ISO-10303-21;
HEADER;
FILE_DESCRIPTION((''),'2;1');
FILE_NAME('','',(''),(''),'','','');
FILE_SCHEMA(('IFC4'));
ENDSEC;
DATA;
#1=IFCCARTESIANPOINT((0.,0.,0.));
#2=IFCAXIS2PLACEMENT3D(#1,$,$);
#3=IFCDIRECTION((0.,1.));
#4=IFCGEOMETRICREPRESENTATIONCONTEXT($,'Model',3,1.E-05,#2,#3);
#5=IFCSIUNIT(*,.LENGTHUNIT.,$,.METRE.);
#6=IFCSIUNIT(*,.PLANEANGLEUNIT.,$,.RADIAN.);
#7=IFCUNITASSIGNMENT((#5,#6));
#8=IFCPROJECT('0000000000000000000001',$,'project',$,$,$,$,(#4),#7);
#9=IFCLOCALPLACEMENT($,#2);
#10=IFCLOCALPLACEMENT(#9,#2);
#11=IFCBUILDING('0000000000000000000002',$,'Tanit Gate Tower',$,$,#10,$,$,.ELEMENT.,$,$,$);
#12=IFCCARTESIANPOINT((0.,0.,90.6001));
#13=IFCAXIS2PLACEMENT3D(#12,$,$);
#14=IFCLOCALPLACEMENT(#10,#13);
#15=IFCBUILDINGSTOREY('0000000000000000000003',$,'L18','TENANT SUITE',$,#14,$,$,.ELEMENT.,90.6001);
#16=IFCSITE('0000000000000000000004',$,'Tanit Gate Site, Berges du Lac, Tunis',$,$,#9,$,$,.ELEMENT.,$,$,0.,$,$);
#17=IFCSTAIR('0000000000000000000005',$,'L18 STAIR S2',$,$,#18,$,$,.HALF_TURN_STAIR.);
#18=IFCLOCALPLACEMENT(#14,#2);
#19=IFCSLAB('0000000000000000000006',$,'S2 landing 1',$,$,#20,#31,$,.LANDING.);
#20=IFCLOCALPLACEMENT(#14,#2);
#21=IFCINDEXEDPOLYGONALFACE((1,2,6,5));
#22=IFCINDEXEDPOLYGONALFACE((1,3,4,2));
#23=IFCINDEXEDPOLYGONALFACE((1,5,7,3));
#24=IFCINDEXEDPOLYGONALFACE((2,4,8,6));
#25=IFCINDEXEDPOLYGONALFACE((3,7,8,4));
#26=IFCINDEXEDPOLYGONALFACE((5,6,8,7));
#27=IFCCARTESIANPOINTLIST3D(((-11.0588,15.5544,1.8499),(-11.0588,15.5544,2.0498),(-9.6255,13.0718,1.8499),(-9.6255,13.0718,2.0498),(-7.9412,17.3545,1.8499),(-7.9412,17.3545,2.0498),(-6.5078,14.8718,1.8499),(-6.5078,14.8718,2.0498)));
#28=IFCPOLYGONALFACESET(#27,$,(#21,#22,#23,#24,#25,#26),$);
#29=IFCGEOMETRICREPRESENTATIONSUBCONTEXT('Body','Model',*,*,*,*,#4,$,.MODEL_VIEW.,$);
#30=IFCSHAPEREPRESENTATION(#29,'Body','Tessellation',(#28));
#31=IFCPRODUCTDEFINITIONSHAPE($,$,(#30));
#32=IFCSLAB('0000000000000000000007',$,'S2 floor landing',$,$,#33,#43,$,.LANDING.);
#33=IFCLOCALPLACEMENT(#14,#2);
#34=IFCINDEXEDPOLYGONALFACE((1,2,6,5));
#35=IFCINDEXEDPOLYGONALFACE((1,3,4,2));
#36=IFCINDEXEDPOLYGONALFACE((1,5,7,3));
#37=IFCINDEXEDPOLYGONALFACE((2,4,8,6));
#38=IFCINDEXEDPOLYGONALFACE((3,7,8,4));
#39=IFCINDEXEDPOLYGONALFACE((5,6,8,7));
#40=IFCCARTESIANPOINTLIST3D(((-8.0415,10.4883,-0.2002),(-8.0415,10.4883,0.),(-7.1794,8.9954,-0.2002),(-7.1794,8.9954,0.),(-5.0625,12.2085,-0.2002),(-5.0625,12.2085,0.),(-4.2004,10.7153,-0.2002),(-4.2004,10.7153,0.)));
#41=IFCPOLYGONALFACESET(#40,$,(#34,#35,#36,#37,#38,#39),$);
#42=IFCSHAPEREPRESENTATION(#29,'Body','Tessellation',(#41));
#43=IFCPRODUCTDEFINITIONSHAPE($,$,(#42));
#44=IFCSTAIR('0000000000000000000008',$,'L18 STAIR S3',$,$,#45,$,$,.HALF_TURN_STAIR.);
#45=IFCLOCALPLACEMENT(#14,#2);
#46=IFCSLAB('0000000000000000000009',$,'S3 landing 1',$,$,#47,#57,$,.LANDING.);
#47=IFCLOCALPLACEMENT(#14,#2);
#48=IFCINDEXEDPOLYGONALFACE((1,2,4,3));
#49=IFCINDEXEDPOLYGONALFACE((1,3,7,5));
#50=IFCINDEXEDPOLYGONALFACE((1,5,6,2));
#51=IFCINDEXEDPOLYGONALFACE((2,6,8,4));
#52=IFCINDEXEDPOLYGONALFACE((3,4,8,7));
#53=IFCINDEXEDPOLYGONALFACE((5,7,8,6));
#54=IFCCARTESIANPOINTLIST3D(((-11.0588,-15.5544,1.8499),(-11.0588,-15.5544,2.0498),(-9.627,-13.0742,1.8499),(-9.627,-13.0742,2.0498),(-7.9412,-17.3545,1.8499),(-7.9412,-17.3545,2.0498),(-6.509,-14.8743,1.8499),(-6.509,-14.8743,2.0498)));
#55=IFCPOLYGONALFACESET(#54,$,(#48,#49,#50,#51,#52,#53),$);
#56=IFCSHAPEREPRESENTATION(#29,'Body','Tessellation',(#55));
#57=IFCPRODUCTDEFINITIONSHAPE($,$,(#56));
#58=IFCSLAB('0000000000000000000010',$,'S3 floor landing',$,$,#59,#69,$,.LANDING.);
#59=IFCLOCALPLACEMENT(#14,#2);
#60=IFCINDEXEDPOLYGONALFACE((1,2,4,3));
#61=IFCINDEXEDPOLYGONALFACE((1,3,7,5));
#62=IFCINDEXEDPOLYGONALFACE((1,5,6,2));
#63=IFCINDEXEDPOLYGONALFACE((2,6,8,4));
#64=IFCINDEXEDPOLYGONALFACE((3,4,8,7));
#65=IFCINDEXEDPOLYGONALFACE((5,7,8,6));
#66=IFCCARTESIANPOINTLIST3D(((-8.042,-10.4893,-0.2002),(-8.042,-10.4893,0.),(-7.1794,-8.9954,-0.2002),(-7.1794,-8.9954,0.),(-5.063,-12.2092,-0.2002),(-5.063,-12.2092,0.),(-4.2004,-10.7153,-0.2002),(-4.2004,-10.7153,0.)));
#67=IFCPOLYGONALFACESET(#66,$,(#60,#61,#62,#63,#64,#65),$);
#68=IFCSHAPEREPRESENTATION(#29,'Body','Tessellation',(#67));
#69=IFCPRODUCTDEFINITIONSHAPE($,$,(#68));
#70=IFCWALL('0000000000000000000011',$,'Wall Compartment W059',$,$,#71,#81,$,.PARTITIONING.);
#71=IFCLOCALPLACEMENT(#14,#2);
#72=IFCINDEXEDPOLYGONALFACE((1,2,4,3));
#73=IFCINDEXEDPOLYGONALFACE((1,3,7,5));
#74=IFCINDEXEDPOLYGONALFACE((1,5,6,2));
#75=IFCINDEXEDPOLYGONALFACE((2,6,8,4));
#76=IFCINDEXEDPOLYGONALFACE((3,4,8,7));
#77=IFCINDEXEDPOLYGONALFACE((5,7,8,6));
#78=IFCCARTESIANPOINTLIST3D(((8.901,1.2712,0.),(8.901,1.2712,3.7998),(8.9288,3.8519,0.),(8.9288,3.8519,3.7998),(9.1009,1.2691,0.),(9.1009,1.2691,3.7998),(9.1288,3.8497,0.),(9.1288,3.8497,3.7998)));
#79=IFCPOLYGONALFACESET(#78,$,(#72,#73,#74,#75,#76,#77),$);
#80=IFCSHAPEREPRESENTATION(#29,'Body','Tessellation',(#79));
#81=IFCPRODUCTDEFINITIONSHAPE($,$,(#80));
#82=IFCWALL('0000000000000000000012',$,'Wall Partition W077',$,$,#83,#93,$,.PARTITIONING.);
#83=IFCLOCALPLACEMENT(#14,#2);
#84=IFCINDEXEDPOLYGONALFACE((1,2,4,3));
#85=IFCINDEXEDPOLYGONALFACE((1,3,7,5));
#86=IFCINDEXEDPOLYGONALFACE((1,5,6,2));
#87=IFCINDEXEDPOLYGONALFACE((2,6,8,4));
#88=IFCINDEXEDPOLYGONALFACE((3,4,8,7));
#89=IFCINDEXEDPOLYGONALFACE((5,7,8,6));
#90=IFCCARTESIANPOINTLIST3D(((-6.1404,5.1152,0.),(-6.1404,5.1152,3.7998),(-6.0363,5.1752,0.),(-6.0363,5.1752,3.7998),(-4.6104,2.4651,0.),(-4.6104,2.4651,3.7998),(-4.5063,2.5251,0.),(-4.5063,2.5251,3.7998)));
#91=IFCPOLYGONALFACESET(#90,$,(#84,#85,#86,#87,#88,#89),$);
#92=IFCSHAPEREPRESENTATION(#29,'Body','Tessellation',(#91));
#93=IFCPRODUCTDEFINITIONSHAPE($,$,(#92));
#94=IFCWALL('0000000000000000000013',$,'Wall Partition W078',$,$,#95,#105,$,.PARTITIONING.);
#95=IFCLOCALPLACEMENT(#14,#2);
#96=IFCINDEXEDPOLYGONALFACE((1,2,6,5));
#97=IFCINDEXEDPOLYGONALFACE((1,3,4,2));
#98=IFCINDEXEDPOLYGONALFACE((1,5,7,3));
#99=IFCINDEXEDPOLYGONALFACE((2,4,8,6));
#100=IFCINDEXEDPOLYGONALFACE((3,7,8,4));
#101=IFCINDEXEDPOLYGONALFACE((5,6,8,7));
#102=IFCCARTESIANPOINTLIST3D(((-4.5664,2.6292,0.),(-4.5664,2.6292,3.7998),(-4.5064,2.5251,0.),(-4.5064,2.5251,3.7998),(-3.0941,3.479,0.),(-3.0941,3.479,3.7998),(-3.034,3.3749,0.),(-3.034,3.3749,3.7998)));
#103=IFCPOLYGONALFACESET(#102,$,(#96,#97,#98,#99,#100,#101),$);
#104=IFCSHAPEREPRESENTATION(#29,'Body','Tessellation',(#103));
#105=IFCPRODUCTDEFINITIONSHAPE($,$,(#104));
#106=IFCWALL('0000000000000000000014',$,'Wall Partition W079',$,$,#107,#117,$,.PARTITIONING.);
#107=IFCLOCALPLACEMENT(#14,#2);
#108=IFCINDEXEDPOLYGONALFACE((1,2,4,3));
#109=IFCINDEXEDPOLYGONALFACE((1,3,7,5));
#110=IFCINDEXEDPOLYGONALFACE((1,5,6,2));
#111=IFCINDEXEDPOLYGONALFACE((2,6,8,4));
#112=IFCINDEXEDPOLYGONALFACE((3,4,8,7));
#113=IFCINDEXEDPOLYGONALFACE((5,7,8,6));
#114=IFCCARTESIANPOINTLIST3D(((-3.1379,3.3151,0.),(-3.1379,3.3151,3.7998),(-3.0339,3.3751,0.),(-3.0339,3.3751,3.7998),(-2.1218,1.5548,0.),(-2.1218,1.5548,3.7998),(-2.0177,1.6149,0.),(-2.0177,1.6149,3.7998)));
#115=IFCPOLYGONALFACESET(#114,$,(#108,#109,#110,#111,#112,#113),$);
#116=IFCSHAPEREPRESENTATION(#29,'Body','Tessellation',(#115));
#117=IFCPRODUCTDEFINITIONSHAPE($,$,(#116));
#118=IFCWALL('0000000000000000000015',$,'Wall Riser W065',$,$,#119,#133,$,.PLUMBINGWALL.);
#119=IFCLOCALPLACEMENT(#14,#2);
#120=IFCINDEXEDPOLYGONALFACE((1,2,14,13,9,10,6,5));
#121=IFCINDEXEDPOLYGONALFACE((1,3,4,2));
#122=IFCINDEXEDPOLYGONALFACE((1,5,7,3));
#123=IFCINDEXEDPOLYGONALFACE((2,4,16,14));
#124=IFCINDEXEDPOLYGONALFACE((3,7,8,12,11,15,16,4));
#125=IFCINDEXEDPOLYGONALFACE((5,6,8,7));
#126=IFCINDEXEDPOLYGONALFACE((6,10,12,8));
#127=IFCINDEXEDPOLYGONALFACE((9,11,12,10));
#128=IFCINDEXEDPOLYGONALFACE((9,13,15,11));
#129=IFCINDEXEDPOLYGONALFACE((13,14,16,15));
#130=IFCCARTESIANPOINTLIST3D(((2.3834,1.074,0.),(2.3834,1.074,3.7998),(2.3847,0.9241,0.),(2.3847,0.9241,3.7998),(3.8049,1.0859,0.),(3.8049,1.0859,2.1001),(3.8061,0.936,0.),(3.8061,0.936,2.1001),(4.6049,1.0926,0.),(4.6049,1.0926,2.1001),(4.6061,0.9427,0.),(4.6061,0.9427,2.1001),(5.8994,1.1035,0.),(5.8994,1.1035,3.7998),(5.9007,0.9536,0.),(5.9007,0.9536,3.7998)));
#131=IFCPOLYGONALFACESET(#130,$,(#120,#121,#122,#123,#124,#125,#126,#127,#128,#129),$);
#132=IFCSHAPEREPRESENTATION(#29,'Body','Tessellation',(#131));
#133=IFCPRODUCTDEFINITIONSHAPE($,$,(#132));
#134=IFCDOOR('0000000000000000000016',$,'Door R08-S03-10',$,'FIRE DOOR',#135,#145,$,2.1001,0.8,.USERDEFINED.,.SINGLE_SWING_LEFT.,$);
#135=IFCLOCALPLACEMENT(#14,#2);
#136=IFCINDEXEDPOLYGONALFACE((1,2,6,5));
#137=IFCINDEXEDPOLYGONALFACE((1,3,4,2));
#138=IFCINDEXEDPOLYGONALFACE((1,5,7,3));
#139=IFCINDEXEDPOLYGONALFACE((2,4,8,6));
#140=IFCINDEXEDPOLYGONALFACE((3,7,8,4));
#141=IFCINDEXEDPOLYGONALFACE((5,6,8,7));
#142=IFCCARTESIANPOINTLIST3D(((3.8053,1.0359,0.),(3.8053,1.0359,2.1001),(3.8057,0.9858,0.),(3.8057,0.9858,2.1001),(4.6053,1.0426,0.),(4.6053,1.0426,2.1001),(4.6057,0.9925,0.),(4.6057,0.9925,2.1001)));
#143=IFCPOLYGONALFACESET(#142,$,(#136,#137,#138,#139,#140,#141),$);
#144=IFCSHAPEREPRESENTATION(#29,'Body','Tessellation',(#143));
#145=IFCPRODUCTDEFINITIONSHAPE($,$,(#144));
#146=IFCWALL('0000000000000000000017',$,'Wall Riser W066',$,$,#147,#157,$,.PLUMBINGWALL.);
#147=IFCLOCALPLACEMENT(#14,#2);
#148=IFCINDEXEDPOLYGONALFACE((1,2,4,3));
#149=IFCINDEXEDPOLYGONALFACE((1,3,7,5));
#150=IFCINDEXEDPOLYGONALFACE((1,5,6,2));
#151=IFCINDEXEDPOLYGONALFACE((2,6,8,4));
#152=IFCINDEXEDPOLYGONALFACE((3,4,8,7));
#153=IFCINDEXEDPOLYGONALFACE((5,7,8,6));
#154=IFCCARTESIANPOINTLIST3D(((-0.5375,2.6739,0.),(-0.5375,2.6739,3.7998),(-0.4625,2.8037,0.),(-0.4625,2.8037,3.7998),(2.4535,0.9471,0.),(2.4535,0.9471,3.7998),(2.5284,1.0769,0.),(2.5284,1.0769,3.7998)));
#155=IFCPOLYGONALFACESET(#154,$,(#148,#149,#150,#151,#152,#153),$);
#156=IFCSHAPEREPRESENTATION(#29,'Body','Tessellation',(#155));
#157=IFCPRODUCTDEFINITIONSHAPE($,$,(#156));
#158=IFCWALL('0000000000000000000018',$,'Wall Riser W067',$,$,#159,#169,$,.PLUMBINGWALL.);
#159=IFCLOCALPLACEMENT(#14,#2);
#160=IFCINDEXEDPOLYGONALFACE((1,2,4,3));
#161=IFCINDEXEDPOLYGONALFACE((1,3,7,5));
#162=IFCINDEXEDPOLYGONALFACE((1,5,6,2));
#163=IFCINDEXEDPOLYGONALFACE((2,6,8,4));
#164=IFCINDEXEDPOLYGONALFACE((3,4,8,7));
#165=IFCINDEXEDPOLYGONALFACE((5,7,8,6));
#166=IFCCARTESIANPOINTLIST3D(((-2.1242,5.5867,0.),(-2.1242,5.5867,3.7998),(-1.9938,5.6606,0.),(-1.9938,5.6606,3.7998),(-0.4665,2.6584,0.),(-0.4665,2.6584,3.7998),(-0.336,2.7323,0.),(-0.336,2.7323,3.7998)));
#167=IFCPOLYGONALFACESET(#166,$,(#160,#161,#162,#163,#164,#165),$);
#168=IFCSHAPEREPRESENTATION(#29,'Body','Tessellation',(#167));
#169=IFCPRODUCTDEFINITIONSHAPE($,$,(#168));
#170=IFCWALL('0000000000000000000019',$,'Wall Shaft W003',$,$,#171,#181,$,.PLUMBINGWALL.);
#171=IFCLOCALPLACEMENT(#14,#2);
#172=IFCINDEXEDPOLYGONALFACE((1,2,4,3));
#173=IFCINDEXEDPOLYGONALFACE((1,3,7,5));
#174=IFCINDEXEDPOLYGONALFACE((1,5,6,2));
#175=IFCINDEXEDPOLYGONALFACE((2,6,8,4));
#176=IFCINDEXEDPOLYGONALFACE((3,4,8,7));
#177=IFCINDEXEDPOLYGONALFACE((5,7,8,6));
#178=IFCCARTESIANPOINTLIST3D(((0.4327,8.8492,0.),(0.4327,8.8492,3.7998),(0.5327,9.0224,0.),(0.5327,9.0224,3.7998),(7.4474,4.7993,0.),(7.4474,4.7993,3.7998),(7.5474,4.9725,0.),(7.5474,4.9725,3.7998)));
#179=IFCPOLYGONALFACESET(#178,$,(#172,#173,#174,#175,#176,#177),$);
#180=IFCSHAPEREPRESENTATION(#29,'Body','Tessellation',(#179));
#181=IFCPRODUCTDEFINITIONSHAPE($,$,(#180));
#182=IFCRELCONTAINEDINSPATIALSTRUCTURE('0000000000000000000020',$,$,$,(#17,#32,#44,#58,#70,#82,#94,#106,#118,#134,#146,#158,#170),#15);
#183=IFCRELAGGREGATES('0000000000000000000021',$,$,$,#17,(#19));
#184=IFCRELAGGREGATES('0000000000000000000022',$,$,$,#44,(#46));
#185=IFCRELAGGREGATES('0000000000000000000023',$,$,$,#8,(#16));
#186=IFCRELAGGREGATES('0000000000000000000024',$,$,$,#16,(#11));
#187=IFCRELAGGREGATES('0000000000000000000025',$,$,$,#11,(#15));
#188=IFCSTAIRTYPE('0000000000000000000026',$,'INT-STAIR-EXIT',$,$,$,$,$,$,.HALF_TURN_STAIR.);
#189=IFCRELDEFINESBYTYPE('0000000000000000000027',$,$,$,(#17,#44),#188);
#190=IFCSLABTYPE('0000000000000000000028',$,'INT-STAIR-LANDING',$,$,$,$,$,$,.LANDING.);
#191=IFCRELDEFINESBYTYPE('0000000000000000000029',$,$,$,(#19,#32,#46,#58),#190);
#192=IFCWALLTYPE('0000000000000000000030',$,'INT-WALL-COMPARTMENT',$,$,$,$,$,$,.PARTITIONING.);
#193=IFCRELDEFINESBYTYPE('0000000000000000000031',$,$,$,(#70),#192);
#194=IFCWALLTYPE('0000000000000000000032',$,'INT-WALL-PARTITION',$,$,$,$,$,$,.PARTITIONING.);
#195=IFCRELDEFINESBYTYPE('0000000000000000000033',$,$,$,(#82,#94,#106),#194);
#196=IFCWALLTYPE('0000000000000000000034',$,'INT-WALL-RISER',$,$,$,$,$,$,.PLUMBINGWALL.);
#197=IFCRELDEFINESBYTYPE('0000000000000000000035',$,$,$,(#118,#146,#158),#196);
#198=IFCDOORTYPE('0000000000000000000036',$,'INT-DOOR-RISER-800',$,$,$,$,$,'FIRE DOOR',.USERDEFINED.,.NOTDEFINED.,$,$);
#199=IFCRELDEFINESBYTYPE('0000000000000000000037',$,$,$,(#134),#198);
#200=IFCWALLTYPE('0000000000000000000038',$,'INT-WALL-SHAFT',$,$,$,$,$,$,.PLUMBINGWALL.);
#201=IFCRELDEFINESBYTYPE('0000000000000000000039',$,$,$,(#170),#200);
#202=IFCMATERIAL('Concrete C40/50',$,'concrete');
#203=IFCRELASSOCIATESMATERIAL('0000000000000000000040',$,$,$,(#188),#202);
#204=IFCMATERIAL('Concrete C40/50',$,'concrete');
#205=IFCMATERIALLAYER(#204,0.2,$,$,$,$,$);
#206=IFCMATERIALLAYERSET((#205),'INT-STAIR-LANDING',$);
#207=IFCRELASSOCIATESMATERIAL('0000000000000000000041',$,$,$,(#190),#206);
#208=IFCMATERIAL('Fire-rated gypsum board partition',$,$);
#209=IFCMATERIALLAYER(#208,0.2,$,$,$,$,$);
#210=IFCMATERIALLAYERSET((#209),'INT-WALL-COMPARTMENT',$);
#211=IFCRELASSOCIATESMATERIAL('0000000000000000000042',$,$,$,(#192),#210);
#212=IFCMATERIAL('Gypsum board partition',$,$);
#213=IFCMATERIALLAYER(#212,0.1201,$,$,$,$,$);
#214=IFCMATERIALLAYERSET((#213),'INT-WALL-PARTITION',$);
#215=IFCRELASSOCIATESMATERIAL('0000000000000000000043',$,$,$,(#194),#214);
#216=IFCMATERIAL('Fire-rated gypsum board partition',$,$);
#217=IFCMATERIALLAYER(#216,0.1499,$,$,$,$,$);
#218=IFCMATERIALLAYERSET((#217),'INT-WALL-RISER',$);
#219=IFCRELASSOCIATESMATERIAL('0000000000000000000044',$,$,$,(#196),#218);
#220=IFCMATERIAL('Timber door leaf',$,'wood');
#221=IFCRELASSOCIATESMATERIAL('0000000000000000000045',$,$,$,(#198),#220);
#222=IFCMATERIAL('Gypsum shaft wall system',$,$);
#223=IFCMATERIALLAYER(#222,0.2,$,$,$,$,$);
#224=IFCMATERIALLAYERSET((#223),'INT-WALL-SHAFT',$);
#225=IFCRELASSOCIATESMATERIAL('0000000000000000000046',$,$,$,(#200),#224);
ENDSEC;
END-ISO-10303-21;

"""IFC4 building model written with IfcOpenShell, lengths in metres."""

from ifc_helpers import new_model, si_unit, direction, frame, frame_2d, origin, place, context, subcontext, project, spatial, polyline, rectangle, outline, extrude, material, layer, layer_set, type_object, element, fill, aggregate, save


model = new_model("IFC4")

# Units and contexts
model_context = context("Model", 3, precision=1e-05, world=origin(), true_north=direction((0.0, 1.0)))
body_context = subcontext(model_context, "Body", "Model", "MODEL_VIEW")
ifc_project = project(units=[si_unit("LENGTHUNIT", "METRE"), si_unit("PLANEANGLEUNIT", "RADIAN")], contexts=[model_context])

# Site, building, storey
site_placement = place(None, origin())
site = spatial("IfcSite", under=ifc_project, at=site_placement, Name="Tanit Gate Site, Berges du Lac, Tunis", CompositionType="ELEMENT", RefElevation=0.0)
building_placement = place(site_placement, origin())
building = spatial("IfcBuilding", under=site, at=building_placement, Name="Tanit Gate Tower", CompositionType="ELEMENT")
storey_placement = place(building_placement, frame((0.0, 0.0, 90.6001)))
storey = spatial("IfcBuildingStorey", under=building, at=storey_placement, Name="L18", Description="TENANT SUITE", CompositionType="ELEMENT", Elevation=90.6001)

# Stair, slab
ifc_material_1 = material(Name="Concrete C40/50", Category="concrete")
stair_type = type_object("IfcStairType", Name="INT-STAIR-EXIT", PredefinedType="HALF_TURN_STAIR", material=ifc_material_1)
stair_1_placement = place(storey_placement, origin())
stair_1 = element("IfcStair", 1, at=stair_1_placement, inside=storey, type_object=stair_type, Name="L18 STAIR S2", PredefinedType="HALF_TURN_STAIR")
ifc_material_2 = material(Name="Concrete C40/50", Category="concrete")
ifc_layer_1 = layer(ifc_material_2, 0.2)
ifc_layer_set_1 = layer_set([ifc_layer_1], Name="INT-STAIR-LANDING")
slab_type = type_object("IfcSlabType", Name="INT-STAIR-LANDING", PredefinedType="LANDING", material=ifc_layer_set_1)
slab_1_placement = place(storey_placement, frame((0.0, 0.0, 1.8499)))
slab_1 = element("IfcSlab", 2, at=slab_1_placement, type_object=slab_type, Name="S2 landing 1", PredefinedType="LANDING", context=body_context, shape_type="SweptSolid", body=[
    extrude(outline(polyline([(-6.5078, 14.8718), (-7.9412, 17.3545), (-11.0588, 15.5544), (-9.6255, 13.0718), (-6.5078, 14.8718)])), origin(), (0.0, 0.0, 1.0), 0.2),
])
aggregate(stair_1, [slab_1])

# Slab
slab_2_placement = place(storey_placement, frame((0.0, 0.0, -0.2002)))
element("IfcSlab", 3, at=slab_2_placement, inside=storey, type_object=slab_type, Name="S2 floor landing", PredefinedType="LANDING", context=body_context, shape_type="SweptSolid", body=[
    extrude(outline(polyline([(-4.2004, 10.7153), (-5.0625, 12.2085), (-8.0415, 10.4883), (-7.1794, 8.9954), (-4.2004, 10.7153)])), origin(), (0.0, 0.0, 1.0), 0.2002),
])

# Stair, slab
stair_2_placement = place(storey_placement, origin())
stair_2 = element("IfcStair", 4, at=stair_2_placement, inside=storey, type_object=stair_type, Name="L18 STAIR S3", PredefinedType="HALF_TURN_STAIR")
slab_3_placement = place(storey_placement, frame((0.0, 0.0, 1.8499)))
slab_3 = element("IfcSlab", 5, at=slab_3_placement, type_object=slab_type, Name="S3 landing 1", PredefinedType="LANDING", context=body_context, shape_type="SweptSolid", body=[
    extrude(outline(polyline([(-9.627, -13.0742), (-11.0588, -15.5544), (-7.9412, -17.3545), (-6.509, -14.8743), (-9.627, -13.0742)])), origin(), (0.0, 0.0, 1.0), 0.2),
])
aggregate(stair_2, [slab_3])

# Slab
slab_4_placement = place(storey_placement, frame((0.0, 0.0, -0.2002)))
element("IfcSlab", 6, at=slab_4_placement, inside=storey, type_object=slab_type, Name="S3 floor landing", PredefinedType="LANDING", context=body_context, shape_type="SweptSolid", body=[
    extrude(outline(polyline([(-7.1794, -8.9954), (-8.042, -10.4893), (-5.063, -12.2092), (-4.2004, -10.7153), (-7.1794, -8.9954)])), origin(), (0.0, 0.0, 1.0), 0.2002),
])

# Walls
ifc_material_3 = material(Name="Fire-rated gypsum board partition")
ifc_layer_2 = layer(ifc_material_3, 0.2)
ifc_layer_set_2 = layer_set([ifc_layer_2], Name="INT-WALL-COMPARTMENT")
wall_type_1 = type_object("IfcWallType", Name="INT-WALL-COMPARTMENT", PredefinedType="PARTITIONING", material=ifc_layer_set_2)
wall_1_placement = place(storey_placement, frame((9.001, 1.27, 0.0), z_axis=(0.0, 0.0, 1.0), x_axis=(0.010785, 0.999942, 0.0)))
element("IfcWall", 7, at=wall_1_placement, inside=storey, type_object=wall_type_1, Name="Wall Compartment W059", PredefinedType="PARTITIONING", context=body_context, shape_type="SweptSolid", body=[
    extrude(rectangle(XDim=2.5808, YDim=0.2, at=frame_2d((1.2905, 0.0))), origin(), (0.0, 0.0, 1.0), 3.7998),
])
ifc_material_4 = material(Name="Gypsum board partition")
ifc_layer_3 = layer(ifc_material_4, 0.1201)
ifc_layer_set_3 = layer_set([ifc_layer_3], Name="INT-WALL-PARTITION")
wall_type_2 = type_object("IfcWallType", Name="INT-WALL-PARTITION", PredefinedType="PARTITIONING", material=ifc_layer_set_3)
wall_2_placement = place(storey_placement, frame((-4.5583, 2.4951, 0.0), z_axis=(0.0, 0.0, 1.0), x_axis=(-0.499992, 0.86603, 0.0)))
element("IfcWall", 8, at=wall_2_placement, inside=storey, type_object=wall_type_2, Name="Wall Partition W077", PredefinedType="PARTITIONING", context=body_context, shape_type="SweptSolid", body=[
    extrude(rectangle(XDim=3.0601, YDim=0.1201, at=frame_2d((1.53, 0.0))), origin(), (0.0, 0.0, 1.0), 3.7998),
])
wall_3_placement = place(storey_placement, frame((-3.064, 3.427, 0.0), z_axis=(0.0, 0.0, 1.0), x_axis=(-0.866088, -0.499892, 0.0)))
element("IfcWall", 9, at=wall_3_placement, inside=storey, type_object=wall_type_2, Name="Wall Partition W078", PredefinedType="PARTITIONING", context=body_context, shape_type="SweptSolid", body=[
    extrude(rectangle(XDim=1.7, YDim=0.1201, at=frame_2d((0.8501, 0.0))), origin(), (0.0, 0.0, 1.0), 3.7998),
])
wall_4_placement = place(storey_placement, frame((-2.0698, 1.585, 0.0), z_axis=(0.0, 0.0, 1.0), x_axis=(-0.499937, 0.866062, 0.0)))
element("IfcWall", 10, at=wall_4_placement, inside=storey, type_object=wall_type_2, Name="Wall Partition W079", PredefinedType="PARTITIONING", context=body_context, shape_type="SweptSolid", body=[
    extrude(rectangle(XDim=2.0325, YDim=0.1201, at=frame_2d((1.0161, 0.0))), origin(), (0.0, 0.0, 1.0), 3.7998),
])

# Wall, opening, door
ifc_material_5 = material(Name="Fire-rated gypsum board partition")
ifc_layer_4 = layer(ifc_material_5, 0.1499)
ifc_layer_set_4 = layer_set([ifc_layer_4], Name="INT-WALL-RISER")
wall_type_3 = type_object("IfcWallType", Name="INT-WALL-RISER", PredefinedType="PLUMBINGWALL", material=ifc_layer_set_4)
wall_5_placement = place(storey_placement, frame((2.384, 0.999, 0.0), z_axis=(0.0, 0.0, 1.0), x_axis=(0.999965, 0.008402, 0.0)))
wall_5 = element("IfcWall", 11, at=wall_5_placement, inside=storey, type_object=wall_type_3, Name="Wall Riser W065", PredefinedType="PLUMBINGWALL", context=body_context, shape_type="SweptSolid", body=[
    extrude(rectangle(XDim=3.5161, YDim=0.1499, at=frame_2d((1.7581, 0.0))), origin(), (0.0, 0.0, 1.0), 3.7998),
])
opening_1_placement = place(wall_5_placement, frame((1.4216, 0.0, 0.0)))
opening_1 = element("IfcOpeningElement", 12, at=opening_1_placement, cuts=wall_5, PredefinedType="OPENING", context=body_context, shape_type="SweptSolid", body=[
    extrude(rectangle(XDim=0.8, YDim=2.1001, at=frame_2d((0.3999, 1.05))), frame((0.0, 0.085, 0.0), z_axis=(0.0, -1.0, 0.0), x_axis=(1.0, 0.0, 0.0)), (0.0, 0.0, 1.0), 0.1699),
])
ifc_material_6 = material(Name="Timber door leaf", Category="wood")
door_type_1 = type_object("IfcDoorType", Name="INT-DOOR-RISER-800", ElementType="FIRE DOOR", OperationType="NOTDEFINED", PredefinedType="USERDEFINED", material=ifc_material_6)
door_1_placement = place(opening_1_placement, origin())
door_1 = element("IfcDoor", 13, at=door_1_placement, inside=storey, type_object=door_type_1, Name="Door R08-S03-10", ObjectType="FIRE DOOR", OperationType="SINGLE_SWING_LEFT", OverallHeight=2.1001, OverallWidth=0.8, PredefinedType="USERDEFINED", context=body_context, shape_type="SweptSolid", body=[
    extrude(rectangle(XDim=0.8, YDim=2.1001, at=frame_2d((0.3999, 1.05))), frame((0.0, 0.0249, 0.0), z_axis=(0.0, -1.0, 0.0), x_axis=(1.0, 0.0, 0.0)), (0.0, 0.0, 1.0), 0.05),
])
fill(opening_1, door_1)

# Walls
wall_6_placement = place(storey_placement, frame((-0.5, 2.7388, 0.0), z_axis=(0.0, 0.0, 1.0), x_axis=(0.866029, -0.499994, 0.0)))
element("IfcWall", 14, at=wall_6_placement, inside=storey, type_object=wall_type_3, Name="Wall Riser W066", PredefinedType="PLUMBINGWALL", context=body_context, shape_type="SweptSolid", body=[
    extrude(rectangle(XDim=3.4536, YDim=0.1499, at=frame_2d((1.7268, 0.0))), origin(), (0.0, 0.0, 1.0), 3.7998),
])
wall_7_placement = place(storey_placement, frame((-2.0591, 5.6238, 0.0), z_axis=(0.0, 0.0, 1.0), x_axis=(0.49265, -0.870228, 0.0)))
element("IfcWall", 15, at=wall_7_placement, inside=storey, type_object=wall_type_3, Name="Wall Riser W067", PredefinedType="PLUMBINGWALL", context=body_context, shape_type="SweptSolid", body=[
    extrude(rectangle(XDim=3.365, YDim=0.1499, at=frame_2d((1.6826, 0.0))), origin(), (0.0, 0.0, 1.0), 3.7998),
])
ifc_material_7 = material(Name="Gypsum shaft wall system")
ifc_layer_5 = layer(ifc_material_7, 0.2)
ifc_layer_set_5 = layer_set([ifc_layer_5], Name="INT-WALL-SHAFT")
wall_type_4 = type_object("IfcWallType", Name="INT-WALL-SHAFT", PredefinedType="PLUMBINGWALL", material=ifc_layer_set_5)
wall_8_placement = place(storey_placement, frame((7.4973, 4.886, 0.0), z_axis=(0.0, 0.0, 1.0), x_axis=(-0.866031, 0.49999, 0.0)))
element("IfcWall", 16, at=wall_8_placement, inside=storey, type_object=wall_type_4, Name="Wall Shaft W003", PredefinedType="PLUMBINGWALL", context=body_context, shape_type="SweptSolid", body=[
    extrude(rectangle(XDim=8.0999, YDim=0.2, at=frame_2d((4.0498, 0.0))), origin(), (0.0, 0.0, 1.0), 3.7998),
])

save(model, "model.ifc")
